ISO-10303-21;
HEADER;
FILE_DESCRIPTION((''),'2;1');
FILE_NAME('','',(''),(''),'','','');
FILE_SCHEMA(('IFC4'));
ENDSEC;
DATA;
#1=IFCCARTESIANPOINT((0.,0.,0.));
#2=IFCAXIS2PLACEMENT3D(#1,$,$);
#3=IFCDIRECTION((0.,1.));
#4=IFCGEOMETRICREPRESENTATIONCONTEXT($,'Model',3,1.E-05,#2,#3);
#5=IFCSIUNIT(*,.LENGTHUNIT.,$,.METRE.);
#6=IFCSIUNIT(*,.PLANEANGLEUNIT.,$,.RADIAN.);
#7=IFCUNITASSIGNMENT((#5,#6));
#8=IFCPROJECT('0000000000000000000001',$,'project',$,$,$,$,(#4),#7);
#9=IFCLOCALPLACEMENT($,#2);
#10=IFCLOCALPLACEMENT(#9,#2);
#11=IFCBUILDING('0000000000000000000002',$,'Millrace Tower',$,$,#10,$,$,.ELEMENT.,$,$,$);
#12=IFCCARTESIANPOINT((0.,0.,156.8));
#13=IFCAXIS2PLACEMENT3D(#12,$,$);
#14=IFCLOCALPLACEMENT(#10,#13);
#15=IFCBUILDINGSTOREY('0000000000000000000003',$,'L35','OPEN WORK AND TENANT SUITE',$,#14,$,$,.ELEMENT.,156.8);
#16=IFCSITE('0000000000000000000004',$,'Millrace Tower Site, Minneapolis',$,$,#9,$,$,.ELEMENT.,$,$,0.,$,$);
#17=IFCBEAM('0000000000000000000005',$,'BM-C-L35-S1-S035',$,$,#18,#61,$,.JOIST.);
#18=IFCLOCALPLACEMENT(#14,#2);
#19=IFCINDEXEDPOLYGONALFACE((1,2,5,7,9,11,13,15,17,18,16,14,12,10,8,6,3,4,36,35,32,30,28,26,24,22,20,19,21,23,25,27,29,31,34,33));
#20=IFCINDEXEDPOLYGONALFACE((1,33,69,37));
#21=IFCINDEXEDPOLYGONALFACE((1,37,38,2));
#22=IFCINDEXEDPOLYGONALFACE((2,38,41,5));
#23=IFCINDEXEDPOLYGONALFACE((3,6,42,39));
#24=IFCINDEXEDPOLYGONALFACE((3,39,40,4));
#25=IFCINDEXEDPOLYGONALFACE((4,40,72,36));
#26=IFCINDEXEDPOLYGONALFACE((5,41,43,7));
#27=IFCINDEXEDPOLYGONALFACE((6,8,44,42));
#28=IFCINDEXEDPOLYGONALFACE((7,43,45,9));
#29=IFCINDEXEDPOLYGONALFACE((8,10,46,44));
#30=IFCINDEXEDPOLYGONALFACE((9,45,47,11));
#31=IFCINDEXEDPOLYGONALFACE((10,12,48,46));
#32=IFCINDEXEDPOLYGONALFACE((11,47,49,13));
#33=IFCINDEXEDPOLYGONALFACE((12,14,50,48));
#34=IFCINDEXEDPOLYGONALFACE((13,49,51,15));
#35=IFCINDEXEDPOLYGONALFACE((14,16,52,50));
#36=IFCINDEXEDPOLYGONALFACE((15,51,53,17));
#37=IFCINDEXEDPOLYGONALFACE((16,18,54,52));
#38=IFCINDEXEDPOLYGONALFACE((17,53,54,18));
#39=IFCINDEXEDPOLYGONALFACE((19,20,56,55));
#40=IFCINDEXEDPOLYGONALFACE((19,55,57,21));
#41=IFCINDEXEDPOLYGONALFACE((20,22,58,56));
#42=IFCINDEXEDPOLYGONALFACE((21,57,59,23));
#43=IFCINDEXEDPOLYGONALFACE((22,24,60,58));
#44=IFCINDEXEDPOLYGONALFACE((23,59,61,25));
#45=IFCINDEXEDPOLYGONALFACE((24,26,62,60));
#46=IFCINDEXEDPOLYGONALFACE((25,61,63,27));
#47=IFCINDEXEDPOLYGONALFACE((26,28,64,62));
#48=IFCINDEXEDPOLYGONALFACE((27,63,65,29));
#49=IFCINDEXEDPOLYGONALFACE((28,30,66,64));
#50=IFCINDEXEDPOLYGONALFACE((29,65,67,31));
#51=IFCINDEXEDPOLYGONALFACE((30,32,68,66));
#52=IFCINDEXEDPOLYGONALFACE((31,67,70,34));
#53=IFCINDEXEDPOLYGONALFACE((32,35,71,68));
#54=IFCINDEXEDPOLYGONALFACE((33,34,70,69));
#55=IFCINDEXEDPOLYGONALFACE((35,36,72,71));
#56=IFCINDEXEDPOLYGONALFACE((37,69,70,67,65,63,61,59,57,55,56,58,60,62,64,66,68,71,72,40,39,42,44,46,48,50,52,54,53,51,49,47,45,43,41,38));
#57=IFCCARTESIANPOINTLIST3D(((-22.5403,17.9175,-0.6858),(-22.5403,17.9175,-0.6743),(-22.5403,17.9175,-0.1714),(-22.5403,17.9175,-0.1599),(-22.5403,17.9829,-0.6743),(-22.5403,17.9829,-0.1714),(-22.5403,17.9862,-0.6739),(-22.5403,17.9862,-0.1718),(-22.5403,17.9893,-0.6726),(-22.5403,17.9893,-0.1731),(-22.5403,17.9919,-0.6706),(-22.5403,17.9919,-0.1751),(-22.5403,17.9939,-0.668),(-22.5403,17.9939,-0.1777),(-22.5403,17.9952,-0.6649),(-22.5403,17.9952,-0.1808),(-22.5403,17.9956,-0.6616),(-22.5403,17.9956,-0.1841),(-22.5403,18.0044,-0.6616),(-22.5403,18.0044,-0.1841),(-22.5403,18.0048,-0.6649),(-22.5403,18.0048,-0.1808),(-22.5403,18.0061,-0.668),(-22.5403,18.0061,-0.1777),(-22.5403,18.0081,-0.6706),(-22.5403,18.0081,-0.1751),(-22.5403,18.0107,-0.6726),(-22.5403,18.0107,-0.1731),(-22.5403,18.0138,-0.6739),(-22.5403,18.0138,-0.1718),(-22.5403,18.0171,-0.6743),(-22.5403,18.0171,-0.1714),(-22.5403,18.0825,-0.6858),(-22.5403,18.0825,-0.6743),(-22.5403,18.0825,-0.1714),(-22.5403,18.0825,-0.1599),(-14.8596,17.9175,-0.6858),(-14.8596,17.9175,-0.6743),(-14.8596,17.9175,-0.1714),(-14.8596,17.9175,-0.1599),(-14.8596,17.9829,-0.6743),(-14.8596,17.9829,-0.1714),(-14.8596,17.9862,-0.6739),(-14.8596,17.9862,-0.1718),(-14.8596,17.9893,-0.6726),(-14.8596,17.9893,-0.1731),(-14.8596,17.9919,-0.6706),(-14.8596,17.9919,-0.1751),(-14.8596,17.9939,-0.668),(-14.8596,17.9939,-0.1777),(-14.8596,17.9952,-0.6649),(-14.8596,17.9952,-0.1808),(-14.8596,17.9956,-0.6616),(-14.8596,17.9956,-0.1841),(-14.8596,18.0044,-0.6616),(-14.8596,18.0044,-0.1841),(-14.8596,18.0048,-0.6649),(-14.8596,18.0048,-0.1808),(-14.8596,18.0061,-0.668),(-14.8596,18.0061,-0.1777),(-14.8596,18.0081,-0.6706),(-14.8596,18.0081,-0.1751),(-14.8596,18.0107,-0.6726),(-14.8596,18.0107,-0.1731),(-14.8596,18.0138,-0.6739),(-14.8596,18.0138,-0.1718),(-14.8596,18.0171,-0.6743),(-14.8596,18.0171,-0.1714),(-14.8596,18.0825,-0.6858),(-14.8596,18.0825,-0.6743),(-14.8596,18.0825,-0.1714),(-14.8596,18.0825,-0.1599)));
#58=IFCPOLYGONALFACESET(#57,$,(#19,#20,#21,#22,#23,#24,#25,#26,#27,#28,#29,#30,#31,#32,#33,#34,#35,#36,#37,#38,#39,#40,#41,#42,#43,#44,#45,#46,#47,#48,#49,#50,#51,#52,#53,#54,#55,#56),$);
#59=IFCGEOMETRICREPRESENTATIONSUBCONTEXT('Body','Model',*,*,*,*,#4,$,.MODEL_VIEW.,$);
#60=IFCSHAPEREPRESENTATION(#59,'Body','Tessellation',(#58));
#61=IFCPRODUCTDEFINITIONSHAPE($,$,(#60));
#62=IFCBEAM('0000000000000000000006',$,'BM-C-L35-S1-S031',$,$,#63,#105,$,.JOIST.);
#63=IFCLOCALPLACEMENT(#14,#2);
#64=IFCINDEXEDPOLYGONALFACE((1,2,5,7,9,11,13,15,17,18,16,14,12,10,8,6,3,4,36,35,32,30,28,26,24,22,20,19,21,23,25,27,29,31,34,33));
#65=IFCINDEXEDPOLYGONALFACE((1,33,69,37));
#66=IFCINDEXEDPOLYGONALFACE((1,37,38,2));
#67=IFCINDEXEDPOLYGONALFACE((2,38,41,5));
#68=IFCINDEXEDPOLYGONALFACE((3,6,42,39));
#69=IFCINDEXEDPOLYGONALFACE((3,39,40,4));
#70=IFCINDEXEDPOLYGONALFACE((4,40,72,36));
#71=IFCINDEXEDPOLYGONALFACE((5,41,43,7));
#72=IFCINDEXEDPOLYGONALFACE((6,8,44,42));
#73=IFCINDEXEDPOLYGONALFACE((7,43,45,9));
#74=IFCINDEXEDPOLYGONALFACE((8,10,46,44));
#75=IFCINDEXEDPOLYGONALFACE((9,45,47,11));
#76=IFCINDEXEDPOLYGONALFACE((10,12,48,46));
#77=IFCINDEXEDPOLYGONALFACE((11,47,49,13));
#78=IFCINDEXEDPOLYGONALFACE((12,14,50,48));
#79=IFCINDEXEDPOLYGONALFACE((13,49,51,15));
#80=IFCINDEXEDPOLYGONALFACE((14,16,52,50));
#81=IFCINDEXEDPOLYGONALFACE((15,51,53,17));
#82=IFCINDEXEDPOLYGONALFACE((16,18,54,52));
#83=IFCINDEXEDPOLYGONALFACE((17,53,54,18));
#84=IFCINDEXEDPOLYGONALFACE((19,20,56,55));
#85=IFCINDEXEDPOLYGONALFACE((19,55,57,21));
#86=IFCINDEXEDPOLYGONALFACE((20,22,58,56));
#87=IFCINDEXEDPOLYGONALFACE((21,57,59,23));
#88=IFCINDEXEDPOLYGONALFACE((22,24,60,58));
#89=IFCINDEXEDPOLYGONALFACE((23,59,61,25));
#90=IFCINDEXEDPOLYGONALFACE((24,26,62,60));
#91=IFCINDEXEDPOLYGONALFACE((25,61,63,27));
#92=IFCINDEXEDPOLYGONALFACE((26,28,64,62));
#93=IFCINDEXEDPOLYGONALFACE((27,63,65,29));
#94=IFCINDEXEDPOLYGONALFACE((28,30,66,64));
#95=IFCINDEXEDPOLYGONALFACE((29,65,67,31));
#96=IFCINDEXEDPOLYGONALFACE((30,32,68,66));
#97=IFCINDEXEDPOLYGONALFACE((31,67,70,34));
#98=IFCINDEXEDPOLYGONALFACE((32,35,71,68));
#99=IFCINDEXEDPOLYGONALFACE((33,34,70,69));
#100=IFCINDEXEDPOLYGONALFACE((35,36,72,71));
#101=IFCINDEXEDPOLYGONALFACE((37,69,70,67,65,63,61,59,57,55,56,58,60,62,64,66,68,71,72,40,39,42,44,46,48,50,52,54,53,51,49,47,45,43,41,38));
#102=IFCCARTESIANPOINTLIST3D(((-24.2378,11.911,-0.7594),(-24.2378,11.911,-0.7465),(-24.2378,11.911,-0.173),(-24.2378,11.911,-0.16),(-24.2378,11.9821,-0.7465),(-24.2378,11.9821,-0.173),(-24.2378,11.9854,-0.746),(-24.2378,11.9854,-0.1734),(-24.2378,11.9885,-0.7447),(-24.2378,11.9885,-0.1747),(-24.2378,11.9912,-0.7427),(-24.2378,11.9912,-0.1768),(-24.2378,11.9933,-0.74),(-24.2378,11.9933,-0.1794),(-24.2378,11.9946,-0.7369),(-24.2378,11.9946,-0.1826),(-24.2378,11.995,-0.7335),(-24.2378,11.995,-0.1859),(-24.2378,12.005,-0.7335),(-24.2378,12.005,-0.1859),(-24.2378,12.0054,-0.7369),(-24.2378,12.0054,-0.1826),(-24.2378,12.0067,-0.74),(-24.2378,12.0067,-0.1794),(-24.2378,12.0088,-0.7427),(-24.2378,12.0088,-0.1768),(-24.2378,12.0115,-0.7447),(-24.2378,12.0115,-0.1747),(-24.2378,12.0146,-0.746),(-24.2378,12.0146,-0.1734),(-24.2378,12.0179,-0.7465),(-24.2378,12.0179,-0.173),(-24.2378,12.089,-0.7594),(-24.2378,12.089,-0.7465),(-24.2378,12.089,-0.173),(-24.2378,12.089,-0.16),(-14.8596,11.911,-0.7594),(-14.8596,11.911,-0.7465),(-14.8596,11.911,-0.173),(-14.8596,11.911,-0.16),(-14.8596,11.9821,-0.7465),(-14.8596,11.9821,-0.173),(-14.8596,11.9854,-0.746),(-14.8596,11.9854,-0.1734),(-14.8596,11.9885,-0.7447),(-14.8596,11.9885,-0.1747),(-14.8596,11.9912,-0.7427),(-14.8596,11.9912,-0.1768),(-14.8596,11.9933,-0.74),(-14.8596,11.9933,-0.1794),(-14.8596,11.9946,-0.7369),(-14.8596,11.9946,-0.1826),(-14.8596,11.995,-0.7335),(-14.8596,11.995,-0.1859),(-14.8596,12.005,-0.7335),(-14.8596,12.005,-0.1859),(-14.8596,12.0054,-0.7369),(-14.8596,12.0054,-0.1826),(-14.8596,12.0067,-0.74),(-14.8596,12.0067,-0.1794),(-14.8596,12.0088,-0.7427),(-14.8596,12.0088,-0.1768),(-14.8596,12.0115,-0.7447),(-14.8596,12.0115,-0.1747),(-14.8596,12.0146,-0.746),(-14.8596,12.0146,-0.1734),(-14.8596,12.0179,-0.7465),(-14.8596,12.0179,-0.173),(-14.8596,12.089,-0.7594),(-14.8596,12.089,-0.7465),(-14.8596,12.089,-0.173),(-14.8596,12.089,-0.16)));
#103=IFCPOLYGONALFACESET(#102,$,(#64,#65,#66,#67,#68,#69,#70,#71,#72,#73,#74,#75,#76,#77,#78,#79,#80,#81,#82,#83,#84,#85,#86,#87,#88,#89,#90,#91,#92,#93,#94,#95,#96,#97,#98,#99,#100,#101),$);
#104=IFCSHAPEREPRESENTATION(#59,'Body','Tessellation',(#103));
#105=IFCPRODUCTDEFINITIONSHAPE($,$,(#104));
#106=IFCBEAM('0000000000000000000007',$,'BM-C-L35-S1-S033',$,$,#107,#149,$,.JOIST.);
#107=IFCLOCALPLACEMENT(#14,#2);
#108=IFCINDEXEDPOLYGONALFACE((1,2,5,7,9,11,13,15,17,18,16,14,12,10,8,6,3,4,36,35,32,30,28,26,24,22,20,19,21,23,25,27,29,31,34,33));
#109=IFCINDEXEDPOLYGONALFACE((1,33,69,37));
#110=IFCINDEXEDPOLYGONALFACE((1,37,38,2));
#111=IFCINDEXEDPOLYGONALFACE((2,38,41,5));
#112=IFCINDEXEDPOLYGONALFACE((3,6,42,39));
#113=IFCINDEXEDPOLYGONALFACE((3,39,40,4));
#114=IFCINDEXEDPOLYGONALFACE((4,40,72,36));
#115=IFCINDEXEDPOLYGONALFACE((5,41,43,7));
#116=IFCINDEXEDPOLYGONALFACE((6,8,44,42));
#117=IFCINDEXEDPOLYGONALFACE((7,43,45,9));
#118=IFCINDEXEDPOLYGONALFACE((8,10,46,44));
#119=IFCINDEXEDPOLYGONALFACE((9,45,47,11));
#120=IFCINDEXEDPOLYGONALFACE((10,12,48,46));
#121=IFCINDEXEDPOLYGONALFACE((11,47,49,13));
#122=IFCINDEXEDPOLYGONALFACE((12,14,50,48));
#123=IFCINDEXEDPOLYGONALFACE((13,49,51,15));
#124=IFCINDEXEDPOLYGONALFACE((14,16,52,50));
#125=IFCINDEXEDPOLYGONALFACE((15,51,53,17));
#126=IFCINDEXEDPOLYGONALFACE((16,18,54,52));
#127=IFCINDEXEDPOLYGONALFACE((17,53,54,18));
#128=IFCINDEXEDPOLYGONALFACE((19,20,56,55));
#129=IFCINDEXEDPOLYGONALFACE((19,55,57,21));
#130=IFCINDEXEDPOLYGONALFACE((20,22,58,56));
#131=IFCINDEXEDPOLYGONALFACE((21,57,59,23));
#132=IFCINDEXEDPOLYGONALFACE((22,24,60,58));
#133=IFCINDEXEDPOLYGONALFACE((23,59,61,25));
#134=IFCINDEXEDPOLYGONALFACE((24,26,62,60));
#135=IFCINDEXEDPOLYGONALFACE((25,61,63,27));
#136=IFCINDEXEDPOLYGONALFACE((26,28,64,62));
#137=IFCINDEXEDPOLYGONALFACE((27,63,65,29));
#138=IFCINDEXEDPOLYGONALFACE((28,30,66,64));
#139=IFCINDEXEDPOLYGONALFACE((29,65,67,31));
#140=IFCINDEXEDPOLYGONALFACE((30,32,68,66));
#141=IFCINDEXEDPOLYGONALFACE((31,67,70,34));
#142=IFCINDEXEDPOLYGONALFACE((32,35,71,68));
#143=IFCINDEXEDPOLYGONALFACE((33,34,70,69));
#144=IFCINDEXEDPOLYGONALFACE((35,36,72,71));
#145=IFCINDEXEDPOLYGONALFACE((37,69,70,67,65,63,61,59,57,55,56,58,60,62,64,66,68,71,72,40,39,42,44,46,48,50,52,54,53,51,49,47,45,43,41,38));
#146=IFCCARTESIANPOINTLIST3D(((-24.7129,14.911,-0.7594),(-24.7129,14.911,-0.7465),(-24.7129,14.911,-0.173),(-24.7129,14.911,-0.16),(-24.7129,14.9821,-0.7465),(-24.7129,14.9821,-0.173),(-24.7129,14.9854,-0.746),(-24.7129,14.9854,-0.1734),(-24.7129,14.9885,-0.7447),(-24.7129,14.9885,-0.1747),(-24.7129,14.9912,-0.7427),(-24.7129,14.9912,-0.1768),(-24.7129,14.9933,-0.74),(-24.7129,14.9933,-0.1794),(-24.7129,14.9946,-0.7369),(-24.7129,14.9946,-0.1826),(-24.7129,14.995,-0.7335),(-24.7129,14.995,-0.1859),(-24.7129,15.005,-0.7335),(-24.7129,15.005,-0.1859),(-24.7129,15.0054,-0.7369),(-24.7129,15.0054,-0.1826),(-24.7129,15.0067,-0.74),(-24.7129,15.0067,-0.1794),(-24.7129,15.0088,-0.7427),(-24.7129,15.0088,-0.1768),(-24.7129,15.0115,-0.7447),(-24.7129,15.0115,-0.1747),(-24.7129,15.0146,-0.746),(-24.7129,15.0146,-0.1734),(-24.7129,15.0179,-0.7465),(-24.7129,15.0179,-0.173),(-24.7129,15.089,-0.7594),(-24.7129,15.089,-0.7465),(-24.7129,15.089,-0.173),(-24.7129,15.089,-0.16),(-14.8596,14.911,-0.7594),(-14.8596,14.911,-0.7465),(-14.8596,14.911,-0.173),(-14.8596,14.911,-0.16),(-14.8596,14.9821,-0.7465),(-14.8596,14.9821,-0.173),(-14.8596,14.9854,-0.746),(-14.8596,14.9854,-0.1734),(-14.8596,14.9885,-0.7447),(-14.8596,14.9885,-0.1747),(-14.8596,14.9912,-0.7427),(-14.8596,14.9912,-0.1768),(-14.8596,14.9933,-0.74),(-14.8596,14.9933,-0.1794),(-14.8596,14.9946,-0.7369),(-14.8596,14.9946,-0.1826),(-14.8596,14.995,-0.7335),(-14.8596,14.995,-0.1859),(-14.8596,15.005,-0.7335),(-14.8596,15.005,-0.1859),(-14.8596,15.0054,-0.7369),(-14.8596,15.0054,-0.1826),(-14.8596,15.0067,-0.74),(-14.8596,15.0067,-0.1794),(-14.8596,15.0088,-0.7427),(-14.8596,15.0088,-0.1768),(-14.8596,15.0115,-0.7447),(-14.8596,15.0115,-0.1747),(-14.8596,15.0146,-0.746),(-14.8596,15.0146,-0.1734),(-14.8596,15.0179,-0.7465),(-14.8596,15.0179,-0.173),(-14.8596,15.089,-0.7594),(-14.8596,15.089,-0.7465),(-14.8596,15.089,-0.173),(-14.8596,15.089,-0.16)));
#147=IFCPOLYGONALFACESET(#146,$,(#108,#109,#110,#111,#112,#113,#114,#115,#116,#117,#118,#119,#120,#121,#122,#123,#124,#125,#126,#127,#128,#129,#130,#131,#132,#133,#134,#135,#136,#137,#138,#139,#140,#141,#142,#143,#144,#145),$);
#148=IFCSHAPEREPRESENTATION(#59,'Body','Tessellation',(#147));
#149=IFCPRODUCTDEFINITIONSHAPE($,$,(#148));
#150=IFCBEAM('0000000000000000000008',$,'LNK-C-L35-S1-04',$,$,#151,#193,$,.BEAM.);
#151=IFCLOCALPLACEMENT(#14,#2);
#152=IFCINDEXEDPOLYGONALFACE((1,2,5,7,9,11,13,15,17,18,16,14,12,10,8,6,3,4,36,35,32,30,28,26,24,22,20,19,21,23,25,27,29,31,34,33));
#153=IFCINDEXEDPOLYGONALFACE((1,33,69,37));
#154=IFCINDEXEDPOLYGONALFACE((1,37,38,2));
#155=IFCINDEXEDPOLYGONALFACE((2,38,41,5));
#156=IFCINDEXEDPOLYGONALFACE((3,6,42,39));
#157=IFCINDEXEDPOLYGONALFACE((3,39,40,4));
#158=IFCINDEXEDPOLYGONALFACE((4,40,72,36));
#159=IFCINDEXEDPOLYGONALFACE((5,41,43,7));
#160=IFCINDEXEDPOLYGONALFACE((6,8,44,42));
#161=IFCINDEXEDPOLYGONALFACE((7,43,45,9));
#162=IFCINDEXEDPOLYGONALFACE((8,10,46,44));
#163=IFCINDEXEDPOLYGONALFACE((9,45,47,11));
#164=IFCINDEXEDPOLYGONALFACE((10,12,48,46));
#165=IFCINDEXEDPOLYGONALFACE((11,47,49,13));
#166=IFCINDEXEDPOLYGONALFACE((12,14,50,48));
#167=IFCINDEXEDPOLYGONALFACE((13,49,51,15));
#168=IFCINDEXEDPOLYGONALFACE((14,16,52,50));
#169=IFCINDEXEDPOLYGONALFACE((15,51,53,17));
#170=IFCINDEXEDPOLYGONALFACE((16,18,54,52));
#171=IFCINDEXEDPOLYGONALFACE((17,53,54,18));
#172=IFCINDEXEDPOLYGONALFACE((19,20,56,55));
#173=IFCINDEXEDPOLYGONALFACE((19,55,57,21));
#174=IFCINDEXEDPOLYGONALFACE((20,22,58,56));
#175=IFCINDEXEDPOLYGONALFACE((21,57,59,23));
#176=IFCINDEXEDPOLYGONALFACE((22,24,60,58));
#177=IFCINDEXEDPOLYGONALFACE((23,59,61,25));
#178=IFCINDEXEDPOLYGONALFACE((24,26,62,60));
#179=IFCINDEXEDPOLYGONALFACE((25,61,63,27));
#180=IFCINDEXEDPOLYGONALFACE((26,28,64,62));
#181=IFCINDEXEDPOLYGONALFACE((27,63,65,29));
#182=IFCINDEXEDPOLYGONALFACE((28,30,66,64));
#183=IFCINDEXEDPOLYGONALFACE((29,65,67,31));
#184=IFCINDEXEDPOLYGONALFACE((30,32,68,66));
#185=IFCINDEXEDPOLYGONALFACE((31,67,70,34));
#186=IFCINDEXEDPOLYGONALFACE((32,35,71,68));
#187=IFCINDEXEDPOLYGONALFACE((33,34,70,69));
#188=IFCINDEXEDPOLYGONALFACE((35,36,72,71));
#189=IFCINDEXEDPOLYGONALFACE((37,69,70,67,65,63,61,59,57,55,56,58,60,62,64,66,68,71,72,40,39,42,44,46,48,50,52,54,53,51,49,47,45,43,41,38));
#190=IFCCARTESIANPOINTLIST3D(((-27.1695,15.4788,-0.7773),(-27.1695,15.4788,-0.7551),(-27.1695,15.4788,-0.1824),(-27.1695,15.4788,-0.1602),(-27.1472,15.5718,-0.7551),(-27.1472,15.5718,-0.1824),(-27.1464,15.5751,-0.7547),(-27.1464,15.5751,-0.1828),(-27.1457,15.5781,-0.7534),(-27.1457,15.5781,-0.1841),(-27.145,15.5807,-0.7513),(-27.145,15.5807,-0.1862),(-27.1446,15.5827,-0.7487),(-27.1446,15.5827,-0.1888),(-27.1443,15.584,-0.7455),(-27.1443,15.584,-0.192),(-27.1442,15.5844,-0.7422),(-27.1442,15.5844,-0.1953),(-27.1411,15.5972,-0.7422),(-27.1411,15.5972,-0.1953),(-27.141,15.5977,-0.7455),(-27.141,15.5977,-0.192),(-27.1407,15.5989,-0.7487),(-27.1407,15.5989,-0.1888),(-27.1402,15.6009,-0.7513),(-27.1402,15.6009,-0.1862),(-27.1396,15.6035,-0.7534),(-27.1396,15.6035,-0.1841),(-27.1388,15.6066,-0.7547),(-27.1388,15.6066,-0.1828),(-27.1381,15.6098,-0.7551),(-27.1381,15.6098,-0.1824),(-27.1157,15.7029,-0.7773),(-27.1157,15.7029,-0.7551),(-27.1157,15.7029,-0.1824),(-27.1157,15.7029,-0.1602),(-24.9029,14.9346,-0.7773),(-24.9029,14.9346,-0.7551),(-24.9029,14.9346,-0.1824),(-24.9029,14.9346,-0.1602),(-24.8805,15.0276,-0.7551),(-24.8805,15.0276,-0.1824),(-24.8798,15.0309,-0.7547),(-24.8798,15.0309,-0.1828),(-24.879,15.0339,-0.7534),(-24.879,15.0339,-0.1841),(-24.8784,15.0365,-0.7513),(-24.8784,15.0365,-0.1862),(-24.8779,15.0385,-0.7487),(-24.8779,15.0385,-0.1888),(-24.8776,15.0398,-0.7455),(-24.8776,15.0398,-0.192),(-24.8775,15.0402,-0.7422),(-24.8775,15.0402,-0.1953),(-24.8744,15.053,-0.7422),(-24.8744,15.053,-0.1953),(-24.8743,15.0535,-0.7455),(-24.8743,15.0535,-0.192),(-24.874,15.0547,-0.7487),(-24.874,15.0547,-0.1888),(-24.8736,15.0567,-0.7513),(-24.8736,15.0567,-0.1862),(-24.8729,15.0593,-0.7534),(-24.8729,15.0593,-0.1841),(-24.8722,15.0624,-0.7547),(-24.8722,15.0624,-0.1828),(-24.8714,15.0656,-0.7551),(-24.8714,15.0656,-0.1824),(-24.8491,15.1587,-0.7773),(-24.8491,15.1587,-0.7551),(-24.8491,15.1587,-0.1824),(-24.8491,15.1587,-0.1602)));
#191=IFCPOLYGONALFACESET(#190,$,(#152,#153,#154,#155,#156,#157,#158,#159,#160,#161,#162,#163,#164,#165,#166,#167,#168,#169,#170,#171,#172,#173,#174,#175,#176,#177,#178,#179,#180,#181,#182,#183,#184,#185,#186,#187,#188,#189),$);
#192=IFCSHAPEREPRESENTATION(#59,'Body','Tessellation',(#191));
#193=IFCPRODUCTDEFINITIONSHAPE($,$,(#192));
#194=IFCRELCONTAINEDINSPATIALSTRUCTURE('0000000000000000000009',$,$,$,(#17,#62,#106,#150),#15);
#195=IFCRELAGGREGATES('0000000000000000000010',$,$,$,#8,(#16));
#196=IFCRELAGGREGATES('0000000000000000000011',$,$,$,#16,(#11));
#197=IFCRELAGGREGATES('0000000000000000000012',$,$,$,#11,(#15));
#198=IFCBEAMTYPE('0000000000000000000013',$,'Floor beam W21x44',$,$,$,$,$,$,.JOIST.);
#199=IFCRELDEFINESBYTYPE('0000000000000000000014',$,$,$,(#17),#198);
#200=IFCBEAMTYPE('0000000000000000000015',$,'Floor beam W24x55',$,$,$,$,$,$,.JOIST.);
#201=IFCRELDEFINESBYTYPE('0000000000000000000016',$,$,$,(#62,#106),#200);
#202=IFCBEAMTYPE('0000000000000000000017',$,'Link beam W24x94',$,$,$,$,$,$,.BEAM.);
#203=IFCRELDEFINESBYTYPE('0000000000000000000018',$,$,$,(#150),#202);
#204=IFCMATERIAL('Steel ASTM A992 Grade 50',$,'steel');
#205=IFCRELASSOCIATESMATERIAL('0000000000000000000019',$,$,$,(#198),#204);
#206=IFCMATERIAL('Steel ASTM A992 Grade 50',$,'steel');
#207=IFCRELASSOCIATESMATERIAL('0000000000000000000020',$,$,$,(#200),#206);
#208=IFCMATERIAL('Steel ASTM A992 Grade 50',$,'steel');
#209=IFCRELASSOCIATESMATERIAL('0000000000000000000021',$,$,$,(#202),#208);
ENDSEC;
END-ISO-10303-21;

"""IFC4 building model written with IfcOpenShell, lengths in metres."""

from ifc_helpers import new_model, si_unit, direction, frame, origin, origin_2d, place, context, subcontext, project, spatial, i_section, extrude, material, material_profile, profile_set, type_object, element, save


model = new_model("IFC4")

# Units and contexts
model_context = context("Model", 3, precision=1e-05, world=origin(), true_north=direction((0.0, 1.0)))
body_context = subcontext(model_context, "Body", "Model", "MODEL_VIEW")
ifc_project = project(units=[si_unit("LENGTHUNIT", "METRE"), si_unit("PLANEANGLEUNIT", "RADIAN")], contexts=[model_context])

# Site, building, storey
site_placement = place(None, origin())
site = spatial("IfcSite", under=ifc_project, at=site_placement, Name="Millrace Tower Site, Minneapolis", CompositionType="ELEMENT", RefElevation=0.0)
building_placement = place(site_placement, origin())
building = spatial("IfcBuilding", under=site, at=building_placement, Name="Millrace Tower", CompositionType="ELEMENT")
storey_placement = place(building_placement, frame((0.0, 0.0, 156.8)))
storey = spatial("IfcBuildingStorey", under=building, at=storey_placement, Name="L35", Description="OPEN WORK AND TENANT SUITE", CompositionType="ELEMENT", Elevation=156.8)

# Beams
ifc_material_1 = material(Name="Steel ASTM A992 Grade 50", Category="steel")
ifc_material_profile_1 = material_profile(ifc_material_1, i_section(OverallWidth=0.165, OverallDepth=0.5259, WebThickness=0.0088, FlangeThickness=0.0115, FilletRadius=0.0127, at=origin_2d()))
ifc_profile_set_1 = profile_set([ifc_material_profile_1], Name="Steel ASTM A992 Grade 50")
beam_type_1 = type_object("IfcBeamType", Name="Floor beam W21x44", PredefinedType="JOIST", material=ifc_profile_set_1)
beam_1_placement = place(storey_placement, frame((-22.5403, 18.0, -0.4229), z_axis=(1.0, 0.0, 0.0), x_axis=(0.0, 1.0, 0.0)))
element("IfcBeam", 1, at=beam_1_placement, inside=storey, type_object=beam_type_1, Name="BM-C-L35-S1-S035", PredefinedType="JOIST", context=body_context, shape_type="SweptSolid", body=[
    extrude(i_section(OverallWidth=0.165, OverallDepth=0.5259, WebThickness=0.0088, FlangeThickness=0.0115, FilletRadius=0.0127, at=origin_2d()), origin(), (0.0, 0.0, 1.0), 7.6807),
])
ifc_material_2 = material(Name="Steel ASTM A992 Grade 50", Category="steel")
ifc_material_profile_2 = material_profile(ifc_material_2, i_section(OverallWidth=0.178, OverallDepth=0.5994, WebThickness=0.01, FlangeThickness=0.0129, FilletRadius=0.0129, at=origin_2d()))
ifc_profile_set_2 = profile_set([ifc_material_profile_2], Name="Steel ASTM A992 Grade 50")
beam_type_2 = type_object("IfcBeamType", Name="Floor beam W24x55", PredefinedType="JOIST", material=ifc_profile_set_2)
beam_2_placement = place(storey_placement, frame((-24.2378, 12.0, -0.4597), z_axis=(1.0, 0.0, 0.0), x_axis=(0.0, 1.0, 0.0)))
element("IfcBeam", 2, at=beam_2_placement, inside=storey, type_object=beam_type_2, Name="BM-C-L35-S1-S031", PredefinedType="JOIST", context=body_context, shape_type="SweptSolid", body=[
    extrude(i_section(OverallWidth=0.178, OverallDepth=0.5994, WebThickness=0.01, FlangeThickness=0.0129, FilletRadius=0.0129, at=origin_2d()), origin(), (0.0, 0.0, 1.0), 9.3782),
])
beam_3_placement = place(storey_placement, frame((-24.7129, 15.0, -0.4597), z_axis=(1.0, 0.0, 0.0), x_axis=(0.0, 1.0, 0.0)))
element("IfcBeam", 3, at=beam_3_placement, inside=storey, type_object=beam_type_2, Name="BM-C-L35-S1-S033", PredefinedType="JOIST", context=body_context, shape_type="SweptSolid", body=[
    extrude(i_section(OverallWidth=0.178, OverallDepth=0.5994, WebThickness=0.01, FlangeThickness=0.0129, FilletRadius=0.0129, at=origin_2d()), origin(), (0.0, 0.0, 1.0), 9.8533),
])
ifc_material_3 = material(Name="Steel ASTM A992 Grade 50", Category="steel")
ifc_material_profile_3 = material_profile(ifc_material_3, i_section(OverallWidth=0.2305, OverallDepth=0.6172, WebThickness=0.0132, FlangeThickness=0.0222, FilletRadius=0.0129, at=origin_2d()))
ifc_profile_set_3 = profile_set([ifc_material_profile_3], Name="Steel ASTM A992 Grade 50")
beam_type_3 = type_object("IfcBeamType", Name="Link beam W24x94", PredefinedType="BEAM", material=ifc_profile_set_3)
for number, where, z_axis, x_axis, name in (
    (4, (-24.876, 15.0466, -0.4688), (-0.972367, 0.233456, 0.0), (-0.233456, -0.972367, 0.0), "LNK-C-L35-S1-04"),
):
    element("IfcBeam", number, at=place(storey_placement, frame(where, z_axis=z_axis, x_axis=x_axis)), inside=storey, type_object=beam_type_3, Name=name, PredefinedType="BEAM", context=body_context, shape_type="SweptSolid", body=[
        extrude(i_section(OverallWidth=0.2305, OverallDepth=0.6172, WebThickness=0.0132, FlangeThickness=0.0222, FilletRadius=0.0129, at=origin_2d()), origin(), (0.0, 0.0, 1.0), 2.3311),
    ])

save(model, "model.ifc")
